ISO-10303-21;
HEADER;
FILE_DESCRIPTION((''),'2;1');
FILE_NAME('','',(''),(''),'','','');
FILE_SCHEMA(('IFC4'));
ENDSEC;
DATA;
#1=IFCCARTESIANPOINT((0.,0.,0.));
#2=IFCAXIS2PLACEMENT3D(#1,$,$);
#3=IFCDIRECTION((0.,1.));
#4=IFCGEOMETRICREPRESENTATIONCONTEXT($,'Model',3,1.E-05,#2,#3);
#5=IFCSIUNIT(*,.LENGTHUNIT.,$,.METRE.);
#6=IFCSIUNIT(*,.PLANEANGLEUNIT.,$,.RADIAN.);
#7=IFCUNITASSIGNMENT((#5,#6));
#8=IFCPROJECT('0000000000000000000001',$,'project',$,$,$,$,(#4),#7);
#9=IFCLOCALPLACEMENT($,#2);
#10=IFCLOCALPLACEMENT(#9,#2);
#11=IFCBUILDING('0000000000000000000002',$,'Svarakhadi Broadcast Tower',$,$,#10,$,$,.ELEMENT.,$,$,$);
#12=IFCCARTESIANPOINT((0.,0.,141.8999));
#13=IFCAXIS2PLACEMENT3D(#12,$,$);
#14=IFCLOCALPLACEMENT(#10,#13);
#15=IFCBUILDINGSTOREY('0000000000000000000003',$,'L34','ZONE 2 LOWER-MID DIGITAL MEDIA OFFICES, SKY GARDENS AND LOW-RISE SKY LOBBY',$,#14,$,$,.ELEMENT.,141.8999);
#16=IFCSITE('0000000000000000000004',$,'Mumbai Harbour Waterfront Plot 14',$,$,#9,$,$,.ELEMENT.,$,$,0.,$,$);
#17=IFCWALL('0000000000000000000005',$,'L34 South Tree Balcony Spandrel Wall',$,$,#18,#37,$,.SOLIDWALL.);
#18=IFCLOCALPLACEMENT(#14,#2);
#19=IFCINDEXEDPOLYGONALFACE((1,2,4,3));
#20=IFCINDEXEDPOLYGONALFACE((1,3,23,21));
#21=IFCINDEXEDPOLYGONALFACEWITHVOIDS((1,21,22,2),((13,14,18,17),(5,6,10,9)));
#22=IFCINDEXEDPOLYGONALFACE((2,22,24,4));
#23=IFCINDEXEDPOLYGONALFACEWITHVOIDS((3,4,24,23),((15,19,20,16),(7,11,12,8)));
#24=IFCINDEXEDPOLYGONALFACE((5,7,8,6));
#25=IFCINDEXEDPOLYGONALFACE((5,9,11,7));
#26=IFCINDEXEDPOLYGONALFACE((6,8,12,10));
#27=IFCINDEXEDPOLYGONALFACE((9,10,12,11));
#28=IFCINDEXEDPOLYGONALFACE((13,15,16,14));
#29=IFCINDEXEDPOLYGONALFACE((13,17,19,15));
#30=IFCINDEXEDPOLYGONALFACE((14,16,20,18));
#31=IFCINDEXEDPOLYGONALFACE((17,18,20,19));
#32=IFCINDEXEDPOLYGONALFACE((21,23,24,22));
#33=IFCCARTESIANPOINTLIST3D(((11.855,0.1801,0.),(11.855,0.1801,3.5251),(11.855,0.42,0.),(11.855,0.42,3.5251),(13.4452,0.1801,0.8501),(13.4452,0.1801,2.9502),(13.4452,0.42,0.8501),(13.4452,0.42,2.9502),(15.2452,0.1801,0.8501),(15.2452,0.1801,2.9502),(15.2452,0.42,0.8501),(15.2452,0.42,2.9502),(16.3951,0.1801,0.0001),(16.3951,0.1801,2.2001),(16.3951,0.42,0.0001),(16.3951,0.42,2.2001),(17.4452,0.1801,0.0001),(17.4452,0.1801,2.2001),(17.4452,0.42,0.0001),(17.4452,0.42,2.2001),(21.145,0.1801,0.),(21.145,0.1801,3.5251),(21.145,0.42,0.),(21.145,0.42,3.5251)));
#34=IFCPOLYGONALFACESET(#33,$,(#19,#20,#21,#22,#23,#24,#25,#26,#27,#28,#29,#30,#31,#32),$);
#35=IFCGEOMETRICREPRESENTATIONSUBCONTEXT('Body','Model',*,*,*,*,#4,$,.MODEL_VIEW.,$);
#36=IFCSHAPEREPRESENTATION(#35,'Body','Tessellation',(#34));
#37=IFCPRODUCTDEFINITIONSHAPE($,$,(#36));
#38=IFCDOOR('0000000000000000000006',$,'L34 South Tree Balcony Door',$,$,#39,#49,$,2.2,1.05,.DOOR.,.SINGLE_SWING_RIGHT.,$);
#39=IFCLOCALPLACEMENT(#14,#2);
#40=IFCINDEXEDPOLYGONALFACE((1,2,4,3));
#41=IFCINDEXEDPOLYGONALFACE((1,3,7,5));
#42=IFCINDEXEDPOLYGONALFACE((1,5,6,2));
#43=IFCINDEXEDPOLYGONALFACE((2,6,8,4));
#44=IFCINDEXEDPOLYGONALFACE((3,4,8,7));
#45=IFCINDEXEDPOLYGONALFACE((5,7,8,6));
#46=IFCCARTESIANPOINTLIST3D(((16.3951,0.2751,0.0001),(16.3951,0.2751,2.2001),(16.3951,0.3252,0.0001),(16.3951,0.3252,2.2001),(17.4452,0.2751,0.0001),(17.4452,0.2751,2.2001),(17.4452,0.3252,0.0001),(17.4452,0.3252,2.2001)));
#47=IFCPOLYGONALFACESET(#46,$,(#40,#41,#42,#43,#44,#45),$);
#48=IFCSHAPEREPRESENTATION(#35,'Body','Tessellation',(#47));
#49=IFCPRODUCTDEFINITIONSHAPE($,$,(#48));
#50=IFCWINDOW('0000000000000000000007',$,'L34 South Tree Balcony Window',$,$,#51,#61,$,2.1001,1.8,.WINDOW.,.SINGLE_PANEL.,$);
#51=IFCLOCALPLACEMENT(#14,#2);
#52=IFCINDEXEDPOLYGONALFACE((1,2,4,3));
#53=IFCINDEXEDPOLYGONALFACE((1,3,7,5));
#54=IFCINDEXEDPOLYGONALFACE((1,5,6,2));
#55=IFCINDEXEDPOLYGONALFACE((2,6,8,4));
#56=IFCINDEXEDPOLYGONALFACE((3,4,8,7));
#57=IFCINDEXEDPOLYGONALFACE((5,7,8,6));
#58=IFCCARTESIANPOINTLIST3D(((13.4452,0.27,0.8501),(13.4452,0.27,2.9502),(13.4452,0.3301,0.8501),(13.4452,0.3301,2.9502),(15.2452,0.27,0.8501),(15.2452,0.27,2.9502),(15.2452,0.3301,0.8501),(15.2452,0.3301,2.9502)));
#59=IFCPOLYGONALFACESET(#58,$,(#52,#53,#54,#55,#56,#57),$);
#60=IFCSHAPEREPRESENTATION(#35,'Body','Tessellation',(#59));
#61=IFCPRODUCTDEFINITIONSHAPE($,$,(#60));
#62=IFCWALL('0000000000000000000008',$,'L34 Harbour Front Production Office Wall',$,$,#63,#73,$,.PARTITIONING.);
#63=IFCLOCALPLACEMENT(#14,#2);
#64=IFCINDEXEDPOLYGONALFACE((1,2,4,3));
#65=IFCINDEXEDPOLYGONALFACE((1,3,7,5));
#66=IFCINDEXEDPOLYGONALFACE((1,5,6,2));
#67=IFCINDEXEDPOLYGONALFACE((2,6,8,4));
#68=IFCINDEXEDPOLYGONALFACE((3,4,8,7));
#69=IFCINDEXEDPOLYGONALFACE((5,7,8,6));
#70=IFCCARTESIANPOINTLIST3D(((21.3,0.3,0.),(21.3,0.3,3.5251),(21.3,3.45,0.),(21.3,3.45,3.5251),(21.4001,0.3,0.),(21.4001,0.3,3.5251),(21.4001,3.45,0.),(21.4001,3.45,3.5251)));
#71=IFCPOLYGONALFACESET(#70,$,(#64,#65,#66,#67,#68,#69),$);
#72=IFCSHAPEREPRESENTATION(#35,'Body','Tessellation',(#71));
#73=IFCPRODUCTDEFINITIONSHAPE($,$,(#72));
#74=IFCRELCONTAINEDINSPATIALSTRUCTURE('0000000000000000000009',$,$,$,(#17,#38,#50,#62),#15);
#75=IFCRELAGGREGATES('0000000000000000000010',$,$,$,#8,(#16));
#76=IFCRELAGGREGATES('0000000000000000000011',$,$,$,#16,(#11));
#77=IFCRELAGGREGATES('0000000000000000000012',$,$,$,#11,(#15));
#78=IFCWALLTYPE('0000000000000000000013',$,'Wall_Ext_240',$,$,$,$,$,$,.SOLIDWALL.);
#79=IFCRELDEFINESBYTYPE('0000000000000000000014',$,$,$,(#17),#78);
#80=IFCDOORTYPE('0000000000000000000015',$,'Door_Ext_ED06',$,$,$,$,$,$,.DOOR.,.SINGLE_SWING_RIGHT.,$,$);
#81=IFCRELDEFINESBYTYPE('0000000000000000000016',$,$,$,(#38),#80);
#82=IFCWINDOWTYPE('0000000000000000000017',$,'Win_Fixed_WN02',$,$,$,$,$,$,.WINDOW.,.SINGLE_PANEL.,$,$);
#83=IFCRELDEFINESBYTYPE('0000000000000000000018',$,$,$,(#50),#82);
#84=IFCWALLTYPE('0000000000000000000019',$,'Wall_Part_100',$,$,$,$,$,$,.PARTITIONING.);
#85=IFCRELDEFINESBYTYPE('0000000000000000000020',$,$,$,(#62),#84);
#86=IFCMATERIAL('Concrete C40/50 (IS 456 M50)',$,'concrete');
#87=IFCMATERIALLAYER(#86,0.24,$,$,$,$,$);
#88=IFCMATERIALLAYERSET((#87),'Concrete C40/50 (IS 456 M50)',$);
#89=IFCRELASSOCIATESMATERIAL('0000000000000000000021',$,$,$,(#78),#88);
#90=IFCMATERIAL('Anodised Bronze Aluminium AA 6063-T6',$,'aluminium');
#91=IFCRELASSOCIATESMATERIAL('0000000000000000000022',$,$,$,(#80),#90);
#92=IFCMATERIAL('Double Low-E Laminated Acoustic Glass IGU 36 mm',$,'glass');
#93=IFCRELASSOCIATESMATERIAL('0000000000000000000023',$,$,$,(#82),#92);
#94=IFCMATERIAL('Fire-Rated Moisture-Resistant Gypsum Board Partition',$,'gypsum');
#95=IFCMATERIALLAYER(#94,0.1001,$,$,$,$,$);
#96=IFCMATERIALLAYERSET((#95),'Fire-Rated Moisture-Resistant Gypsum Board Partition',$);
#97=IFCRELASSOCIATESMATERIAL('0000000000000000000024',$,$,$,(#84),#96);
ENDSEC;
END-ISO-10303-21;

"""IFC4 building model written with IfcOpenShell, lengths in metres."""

from ifc_helpers import new_model, si_unit, direction, frame, frame_2d, origin, place, context, subcontext, project, spatial, rectangle, extrude, material, layer, layer_set, type_object, element, fill, save


model = new_model("IFC4")

# Units and contexts
model_context = context("Model", 3, precision=1e-05, world=origin(), true_north=direction((0.0, 1.0)))
body_context = subcontext(model_context, "Body", "Model", "MODEL_VIEW")
ifc_project = project(units=[si_unit("LENGTHUNIT", "METRE"), si_unit("PLANEANGLEUNIT", "RADIAN")], contexts=[model_context])

# Site, building, storey
site_placement = place(None, origin())
site = spatial("IfcSite", under=ifc_project, at=site_placement, Name="Mumbai Harbour Waterfront Plot 14", CompositionType="ELEMENT", RefElevation=0.0)
building_placement = place(site_placement, origin())
building = spatial("IfcBuilding", under=site, at=building_placement, Name="Svarakhadi Broadcast Tower", CompositionType="ELEMENT")
storey_placement = place(building_placement, frame((0.0, 0.0, 141.8999)))
storey = spatial("IfcBuildingStorey", under=building, at=storey_placement, Name="L34", Description="ZONE 2 LOWER-MID DIGITAL MEDIA OFFICES, SKY GARDENS AND LOW-RISE SKY LOBBY", CompositionType="ELEMENT", Elevation=141.8999)

# Shared definitions
ifc_material_1 = material(Name="Anodised Bronze Aluminium AA 6063-T6", Category="aluminium")

# Shared definitions
ifc_material_2 = material(Name="Double Low-E Laminated Acoustic Glass IGU 36 mm", Category="glass")

# Wall, openings, door, window
ifc_material_3 = material(Name="Concrete C40/50 (IS 456 M50)", Category="concrete")
ifc_layer_1 = layer(ifc_material_3, 0.24)
ifc_layer_set_1 = layer_set([ifc_layer_1], Name="Concrete C40/50 (IS 456 M50)")
wall_type_1 = type_object("IfcWallType", Name="Wall_Ext_240", PredefinedType="SOLIDWALL", material=ifc_layer_set_1)
wall_1_placement = place(storey_placement, frame((21.145, 0.3, 0.0), z_axis=(0.0, 0.0, 1.0), x_axis=(-1.0, 0.0, 0.0)))
wall_1 = element("IfcWall", 1, at=wall_1_placement, inside=storey, type_object=wall_type_1, Name="L34 South Tree Balcony Spandrel Wall", PredefinedType="SOLIDWALL", context=body_context, shape_type="SweptSolid", body=[
    extrude(rectangle(XDim=9.29, YDim=0.24, at=frame_2d((4.645, 0.0))), origin(), (0.0, 0.0, 1.0), 3.5251),
])
opening_1_placement = place(wall_1_placement, frame((3.7, 0.0, 0.0)))
opening_1 = element("IfcOpeningElement", 2, at=opening_1_placement, cuts=wall_1, PredefinedType="OPENING", context=body_context, shape_type="SweptSolid", body=[
    extrude(rectangle(XDim=1.05, YDim=2.2, at=frame_2d((0.5249, 1.1001))), frame((0.0, 0.1299, 0.0), z_axis=(0.0, -1.0, 0.0), x_axis=(1.0, 0.0, 0.0)), (0.0, 0.0, 1.0), 0.26),
])
opening_2_placement = place(wall_1_placement, frame((5.8999, 0.0, 0.8501)))
opening_2 = element("IfcOpeningElement", 3, at=opening_2_placement, cuts=wall_1, PredefinedType="OPENING", context=body_context, shape_type="SweptSolid", body=[
    extrude(rectangle(XDim=1.8, YDim=2.1001, at=frame_2d((0.8999, 1.05))), frame((0.0, 0.1299, 0.0), z_axis=(0.0, -1.0, 0.0), x_axis=(1.0, 0.0, 0.0)), (0.0, 0.0, 1.0), 0.26),
])
door_type = type_object("IfcDoorType", Name="Door_Ext_ED06", OperationType="SINGLE_SWING_RIGHT", PredefinedType="DOOR", material=ifc_material_1)
door_placement = place(opening_1_placement, origin())
door = element("IfcDoor", 4, at=door_placement, inside=storey, type_object=door_type, Name="L34 South Tree Balcony Door", OperationType="SINGLE_SWING_RIGHT", OverallHeight=2.2, OverallWidth=1.05, PredefinedType="DOOR", context=body_context, shape_type="SweptSolid", body=[
    extrude(rectangle(XDim=1.05, YDim=2.2, at=frame_2d((0.5249, 1.1001))), frame((0.0, 0.0249, 0.0), z_axis=(0.0, -1.0, 0.0), x_axis=(1.0, 0.0, 0.0)), (0.0, 0.0, 1.0), 0.05),
])
fill(opening_1, door)
window_type = type_object("IfcWindowType", Name="Win_Fixed_WN02", PartitioningType="SINGLE_PANEL", PredefinedType="WINDOW", material=ifc_material_2)
window_placement = place(opening_2_placement, origin())
window = element("IfcWindow", 5, at=window_placement, inside=storey, type_object=window_type, Name="L34 South Tree Balcony Window", OverallHeight=2.1001, OverallWidth=1.8, PartitioningType="SINGLE_PANEL", PredefinedType="WINDOW", context=body_context, shape_type="SweptSolid", body=[
    extrude(rectangle(XDim=1.8, YDim=2.1001, at=frame_2d((0.8999, 1.05))), frame((0.0, 0.03, 0.0), z_axis=(0.0, -1.0, 0.0), x_axis=(1.0, 0.0, 0.0)), (0.0, 0.0, 1.0), 0.0601),
])
fill(opening_2, window)

# Wall
ifc_material_4 = material(Name="Fire-Rated Moisture-Resistant Gypsum Board Partition", Category="gypsum")
ifc_layer_2 = layer(ifc_material_4, 0.1001)
ifc_layer_set_2 = layer_set([ifc_layer_2], Name="Fire-Rated Moisture-Resistant Gypsum Board Partition")
wall_type_2 = type_object("IfcWallType", Name="Wall_Part_100", PredefinedType="PARTITIONING", material=ifc_layer_set_2)
wall_2_placement = place(storey_placement, frame((21.3501, 0.3, 0.0), z_axis=(0.0, 0.0, 1.0), x_axis=(0.0, 1.0, 0.0)))
element("IfcWall", 6, at=wall_2_placement, inside=storey, type_object=wall_type_2, Name="L34 Harbour Front Production Office Wall", PredefinedType="PARTITIONING", context=body_context, shape_type="SweptSolid", body=[
    extrude(rectangle(XDim=3.1499, YDim=0.1001, at=frame_2d((1.575, 0.0))), origin(), (0.0, 0.0, 1.0), 3.5251),
])

save(model, "model.ifc")
